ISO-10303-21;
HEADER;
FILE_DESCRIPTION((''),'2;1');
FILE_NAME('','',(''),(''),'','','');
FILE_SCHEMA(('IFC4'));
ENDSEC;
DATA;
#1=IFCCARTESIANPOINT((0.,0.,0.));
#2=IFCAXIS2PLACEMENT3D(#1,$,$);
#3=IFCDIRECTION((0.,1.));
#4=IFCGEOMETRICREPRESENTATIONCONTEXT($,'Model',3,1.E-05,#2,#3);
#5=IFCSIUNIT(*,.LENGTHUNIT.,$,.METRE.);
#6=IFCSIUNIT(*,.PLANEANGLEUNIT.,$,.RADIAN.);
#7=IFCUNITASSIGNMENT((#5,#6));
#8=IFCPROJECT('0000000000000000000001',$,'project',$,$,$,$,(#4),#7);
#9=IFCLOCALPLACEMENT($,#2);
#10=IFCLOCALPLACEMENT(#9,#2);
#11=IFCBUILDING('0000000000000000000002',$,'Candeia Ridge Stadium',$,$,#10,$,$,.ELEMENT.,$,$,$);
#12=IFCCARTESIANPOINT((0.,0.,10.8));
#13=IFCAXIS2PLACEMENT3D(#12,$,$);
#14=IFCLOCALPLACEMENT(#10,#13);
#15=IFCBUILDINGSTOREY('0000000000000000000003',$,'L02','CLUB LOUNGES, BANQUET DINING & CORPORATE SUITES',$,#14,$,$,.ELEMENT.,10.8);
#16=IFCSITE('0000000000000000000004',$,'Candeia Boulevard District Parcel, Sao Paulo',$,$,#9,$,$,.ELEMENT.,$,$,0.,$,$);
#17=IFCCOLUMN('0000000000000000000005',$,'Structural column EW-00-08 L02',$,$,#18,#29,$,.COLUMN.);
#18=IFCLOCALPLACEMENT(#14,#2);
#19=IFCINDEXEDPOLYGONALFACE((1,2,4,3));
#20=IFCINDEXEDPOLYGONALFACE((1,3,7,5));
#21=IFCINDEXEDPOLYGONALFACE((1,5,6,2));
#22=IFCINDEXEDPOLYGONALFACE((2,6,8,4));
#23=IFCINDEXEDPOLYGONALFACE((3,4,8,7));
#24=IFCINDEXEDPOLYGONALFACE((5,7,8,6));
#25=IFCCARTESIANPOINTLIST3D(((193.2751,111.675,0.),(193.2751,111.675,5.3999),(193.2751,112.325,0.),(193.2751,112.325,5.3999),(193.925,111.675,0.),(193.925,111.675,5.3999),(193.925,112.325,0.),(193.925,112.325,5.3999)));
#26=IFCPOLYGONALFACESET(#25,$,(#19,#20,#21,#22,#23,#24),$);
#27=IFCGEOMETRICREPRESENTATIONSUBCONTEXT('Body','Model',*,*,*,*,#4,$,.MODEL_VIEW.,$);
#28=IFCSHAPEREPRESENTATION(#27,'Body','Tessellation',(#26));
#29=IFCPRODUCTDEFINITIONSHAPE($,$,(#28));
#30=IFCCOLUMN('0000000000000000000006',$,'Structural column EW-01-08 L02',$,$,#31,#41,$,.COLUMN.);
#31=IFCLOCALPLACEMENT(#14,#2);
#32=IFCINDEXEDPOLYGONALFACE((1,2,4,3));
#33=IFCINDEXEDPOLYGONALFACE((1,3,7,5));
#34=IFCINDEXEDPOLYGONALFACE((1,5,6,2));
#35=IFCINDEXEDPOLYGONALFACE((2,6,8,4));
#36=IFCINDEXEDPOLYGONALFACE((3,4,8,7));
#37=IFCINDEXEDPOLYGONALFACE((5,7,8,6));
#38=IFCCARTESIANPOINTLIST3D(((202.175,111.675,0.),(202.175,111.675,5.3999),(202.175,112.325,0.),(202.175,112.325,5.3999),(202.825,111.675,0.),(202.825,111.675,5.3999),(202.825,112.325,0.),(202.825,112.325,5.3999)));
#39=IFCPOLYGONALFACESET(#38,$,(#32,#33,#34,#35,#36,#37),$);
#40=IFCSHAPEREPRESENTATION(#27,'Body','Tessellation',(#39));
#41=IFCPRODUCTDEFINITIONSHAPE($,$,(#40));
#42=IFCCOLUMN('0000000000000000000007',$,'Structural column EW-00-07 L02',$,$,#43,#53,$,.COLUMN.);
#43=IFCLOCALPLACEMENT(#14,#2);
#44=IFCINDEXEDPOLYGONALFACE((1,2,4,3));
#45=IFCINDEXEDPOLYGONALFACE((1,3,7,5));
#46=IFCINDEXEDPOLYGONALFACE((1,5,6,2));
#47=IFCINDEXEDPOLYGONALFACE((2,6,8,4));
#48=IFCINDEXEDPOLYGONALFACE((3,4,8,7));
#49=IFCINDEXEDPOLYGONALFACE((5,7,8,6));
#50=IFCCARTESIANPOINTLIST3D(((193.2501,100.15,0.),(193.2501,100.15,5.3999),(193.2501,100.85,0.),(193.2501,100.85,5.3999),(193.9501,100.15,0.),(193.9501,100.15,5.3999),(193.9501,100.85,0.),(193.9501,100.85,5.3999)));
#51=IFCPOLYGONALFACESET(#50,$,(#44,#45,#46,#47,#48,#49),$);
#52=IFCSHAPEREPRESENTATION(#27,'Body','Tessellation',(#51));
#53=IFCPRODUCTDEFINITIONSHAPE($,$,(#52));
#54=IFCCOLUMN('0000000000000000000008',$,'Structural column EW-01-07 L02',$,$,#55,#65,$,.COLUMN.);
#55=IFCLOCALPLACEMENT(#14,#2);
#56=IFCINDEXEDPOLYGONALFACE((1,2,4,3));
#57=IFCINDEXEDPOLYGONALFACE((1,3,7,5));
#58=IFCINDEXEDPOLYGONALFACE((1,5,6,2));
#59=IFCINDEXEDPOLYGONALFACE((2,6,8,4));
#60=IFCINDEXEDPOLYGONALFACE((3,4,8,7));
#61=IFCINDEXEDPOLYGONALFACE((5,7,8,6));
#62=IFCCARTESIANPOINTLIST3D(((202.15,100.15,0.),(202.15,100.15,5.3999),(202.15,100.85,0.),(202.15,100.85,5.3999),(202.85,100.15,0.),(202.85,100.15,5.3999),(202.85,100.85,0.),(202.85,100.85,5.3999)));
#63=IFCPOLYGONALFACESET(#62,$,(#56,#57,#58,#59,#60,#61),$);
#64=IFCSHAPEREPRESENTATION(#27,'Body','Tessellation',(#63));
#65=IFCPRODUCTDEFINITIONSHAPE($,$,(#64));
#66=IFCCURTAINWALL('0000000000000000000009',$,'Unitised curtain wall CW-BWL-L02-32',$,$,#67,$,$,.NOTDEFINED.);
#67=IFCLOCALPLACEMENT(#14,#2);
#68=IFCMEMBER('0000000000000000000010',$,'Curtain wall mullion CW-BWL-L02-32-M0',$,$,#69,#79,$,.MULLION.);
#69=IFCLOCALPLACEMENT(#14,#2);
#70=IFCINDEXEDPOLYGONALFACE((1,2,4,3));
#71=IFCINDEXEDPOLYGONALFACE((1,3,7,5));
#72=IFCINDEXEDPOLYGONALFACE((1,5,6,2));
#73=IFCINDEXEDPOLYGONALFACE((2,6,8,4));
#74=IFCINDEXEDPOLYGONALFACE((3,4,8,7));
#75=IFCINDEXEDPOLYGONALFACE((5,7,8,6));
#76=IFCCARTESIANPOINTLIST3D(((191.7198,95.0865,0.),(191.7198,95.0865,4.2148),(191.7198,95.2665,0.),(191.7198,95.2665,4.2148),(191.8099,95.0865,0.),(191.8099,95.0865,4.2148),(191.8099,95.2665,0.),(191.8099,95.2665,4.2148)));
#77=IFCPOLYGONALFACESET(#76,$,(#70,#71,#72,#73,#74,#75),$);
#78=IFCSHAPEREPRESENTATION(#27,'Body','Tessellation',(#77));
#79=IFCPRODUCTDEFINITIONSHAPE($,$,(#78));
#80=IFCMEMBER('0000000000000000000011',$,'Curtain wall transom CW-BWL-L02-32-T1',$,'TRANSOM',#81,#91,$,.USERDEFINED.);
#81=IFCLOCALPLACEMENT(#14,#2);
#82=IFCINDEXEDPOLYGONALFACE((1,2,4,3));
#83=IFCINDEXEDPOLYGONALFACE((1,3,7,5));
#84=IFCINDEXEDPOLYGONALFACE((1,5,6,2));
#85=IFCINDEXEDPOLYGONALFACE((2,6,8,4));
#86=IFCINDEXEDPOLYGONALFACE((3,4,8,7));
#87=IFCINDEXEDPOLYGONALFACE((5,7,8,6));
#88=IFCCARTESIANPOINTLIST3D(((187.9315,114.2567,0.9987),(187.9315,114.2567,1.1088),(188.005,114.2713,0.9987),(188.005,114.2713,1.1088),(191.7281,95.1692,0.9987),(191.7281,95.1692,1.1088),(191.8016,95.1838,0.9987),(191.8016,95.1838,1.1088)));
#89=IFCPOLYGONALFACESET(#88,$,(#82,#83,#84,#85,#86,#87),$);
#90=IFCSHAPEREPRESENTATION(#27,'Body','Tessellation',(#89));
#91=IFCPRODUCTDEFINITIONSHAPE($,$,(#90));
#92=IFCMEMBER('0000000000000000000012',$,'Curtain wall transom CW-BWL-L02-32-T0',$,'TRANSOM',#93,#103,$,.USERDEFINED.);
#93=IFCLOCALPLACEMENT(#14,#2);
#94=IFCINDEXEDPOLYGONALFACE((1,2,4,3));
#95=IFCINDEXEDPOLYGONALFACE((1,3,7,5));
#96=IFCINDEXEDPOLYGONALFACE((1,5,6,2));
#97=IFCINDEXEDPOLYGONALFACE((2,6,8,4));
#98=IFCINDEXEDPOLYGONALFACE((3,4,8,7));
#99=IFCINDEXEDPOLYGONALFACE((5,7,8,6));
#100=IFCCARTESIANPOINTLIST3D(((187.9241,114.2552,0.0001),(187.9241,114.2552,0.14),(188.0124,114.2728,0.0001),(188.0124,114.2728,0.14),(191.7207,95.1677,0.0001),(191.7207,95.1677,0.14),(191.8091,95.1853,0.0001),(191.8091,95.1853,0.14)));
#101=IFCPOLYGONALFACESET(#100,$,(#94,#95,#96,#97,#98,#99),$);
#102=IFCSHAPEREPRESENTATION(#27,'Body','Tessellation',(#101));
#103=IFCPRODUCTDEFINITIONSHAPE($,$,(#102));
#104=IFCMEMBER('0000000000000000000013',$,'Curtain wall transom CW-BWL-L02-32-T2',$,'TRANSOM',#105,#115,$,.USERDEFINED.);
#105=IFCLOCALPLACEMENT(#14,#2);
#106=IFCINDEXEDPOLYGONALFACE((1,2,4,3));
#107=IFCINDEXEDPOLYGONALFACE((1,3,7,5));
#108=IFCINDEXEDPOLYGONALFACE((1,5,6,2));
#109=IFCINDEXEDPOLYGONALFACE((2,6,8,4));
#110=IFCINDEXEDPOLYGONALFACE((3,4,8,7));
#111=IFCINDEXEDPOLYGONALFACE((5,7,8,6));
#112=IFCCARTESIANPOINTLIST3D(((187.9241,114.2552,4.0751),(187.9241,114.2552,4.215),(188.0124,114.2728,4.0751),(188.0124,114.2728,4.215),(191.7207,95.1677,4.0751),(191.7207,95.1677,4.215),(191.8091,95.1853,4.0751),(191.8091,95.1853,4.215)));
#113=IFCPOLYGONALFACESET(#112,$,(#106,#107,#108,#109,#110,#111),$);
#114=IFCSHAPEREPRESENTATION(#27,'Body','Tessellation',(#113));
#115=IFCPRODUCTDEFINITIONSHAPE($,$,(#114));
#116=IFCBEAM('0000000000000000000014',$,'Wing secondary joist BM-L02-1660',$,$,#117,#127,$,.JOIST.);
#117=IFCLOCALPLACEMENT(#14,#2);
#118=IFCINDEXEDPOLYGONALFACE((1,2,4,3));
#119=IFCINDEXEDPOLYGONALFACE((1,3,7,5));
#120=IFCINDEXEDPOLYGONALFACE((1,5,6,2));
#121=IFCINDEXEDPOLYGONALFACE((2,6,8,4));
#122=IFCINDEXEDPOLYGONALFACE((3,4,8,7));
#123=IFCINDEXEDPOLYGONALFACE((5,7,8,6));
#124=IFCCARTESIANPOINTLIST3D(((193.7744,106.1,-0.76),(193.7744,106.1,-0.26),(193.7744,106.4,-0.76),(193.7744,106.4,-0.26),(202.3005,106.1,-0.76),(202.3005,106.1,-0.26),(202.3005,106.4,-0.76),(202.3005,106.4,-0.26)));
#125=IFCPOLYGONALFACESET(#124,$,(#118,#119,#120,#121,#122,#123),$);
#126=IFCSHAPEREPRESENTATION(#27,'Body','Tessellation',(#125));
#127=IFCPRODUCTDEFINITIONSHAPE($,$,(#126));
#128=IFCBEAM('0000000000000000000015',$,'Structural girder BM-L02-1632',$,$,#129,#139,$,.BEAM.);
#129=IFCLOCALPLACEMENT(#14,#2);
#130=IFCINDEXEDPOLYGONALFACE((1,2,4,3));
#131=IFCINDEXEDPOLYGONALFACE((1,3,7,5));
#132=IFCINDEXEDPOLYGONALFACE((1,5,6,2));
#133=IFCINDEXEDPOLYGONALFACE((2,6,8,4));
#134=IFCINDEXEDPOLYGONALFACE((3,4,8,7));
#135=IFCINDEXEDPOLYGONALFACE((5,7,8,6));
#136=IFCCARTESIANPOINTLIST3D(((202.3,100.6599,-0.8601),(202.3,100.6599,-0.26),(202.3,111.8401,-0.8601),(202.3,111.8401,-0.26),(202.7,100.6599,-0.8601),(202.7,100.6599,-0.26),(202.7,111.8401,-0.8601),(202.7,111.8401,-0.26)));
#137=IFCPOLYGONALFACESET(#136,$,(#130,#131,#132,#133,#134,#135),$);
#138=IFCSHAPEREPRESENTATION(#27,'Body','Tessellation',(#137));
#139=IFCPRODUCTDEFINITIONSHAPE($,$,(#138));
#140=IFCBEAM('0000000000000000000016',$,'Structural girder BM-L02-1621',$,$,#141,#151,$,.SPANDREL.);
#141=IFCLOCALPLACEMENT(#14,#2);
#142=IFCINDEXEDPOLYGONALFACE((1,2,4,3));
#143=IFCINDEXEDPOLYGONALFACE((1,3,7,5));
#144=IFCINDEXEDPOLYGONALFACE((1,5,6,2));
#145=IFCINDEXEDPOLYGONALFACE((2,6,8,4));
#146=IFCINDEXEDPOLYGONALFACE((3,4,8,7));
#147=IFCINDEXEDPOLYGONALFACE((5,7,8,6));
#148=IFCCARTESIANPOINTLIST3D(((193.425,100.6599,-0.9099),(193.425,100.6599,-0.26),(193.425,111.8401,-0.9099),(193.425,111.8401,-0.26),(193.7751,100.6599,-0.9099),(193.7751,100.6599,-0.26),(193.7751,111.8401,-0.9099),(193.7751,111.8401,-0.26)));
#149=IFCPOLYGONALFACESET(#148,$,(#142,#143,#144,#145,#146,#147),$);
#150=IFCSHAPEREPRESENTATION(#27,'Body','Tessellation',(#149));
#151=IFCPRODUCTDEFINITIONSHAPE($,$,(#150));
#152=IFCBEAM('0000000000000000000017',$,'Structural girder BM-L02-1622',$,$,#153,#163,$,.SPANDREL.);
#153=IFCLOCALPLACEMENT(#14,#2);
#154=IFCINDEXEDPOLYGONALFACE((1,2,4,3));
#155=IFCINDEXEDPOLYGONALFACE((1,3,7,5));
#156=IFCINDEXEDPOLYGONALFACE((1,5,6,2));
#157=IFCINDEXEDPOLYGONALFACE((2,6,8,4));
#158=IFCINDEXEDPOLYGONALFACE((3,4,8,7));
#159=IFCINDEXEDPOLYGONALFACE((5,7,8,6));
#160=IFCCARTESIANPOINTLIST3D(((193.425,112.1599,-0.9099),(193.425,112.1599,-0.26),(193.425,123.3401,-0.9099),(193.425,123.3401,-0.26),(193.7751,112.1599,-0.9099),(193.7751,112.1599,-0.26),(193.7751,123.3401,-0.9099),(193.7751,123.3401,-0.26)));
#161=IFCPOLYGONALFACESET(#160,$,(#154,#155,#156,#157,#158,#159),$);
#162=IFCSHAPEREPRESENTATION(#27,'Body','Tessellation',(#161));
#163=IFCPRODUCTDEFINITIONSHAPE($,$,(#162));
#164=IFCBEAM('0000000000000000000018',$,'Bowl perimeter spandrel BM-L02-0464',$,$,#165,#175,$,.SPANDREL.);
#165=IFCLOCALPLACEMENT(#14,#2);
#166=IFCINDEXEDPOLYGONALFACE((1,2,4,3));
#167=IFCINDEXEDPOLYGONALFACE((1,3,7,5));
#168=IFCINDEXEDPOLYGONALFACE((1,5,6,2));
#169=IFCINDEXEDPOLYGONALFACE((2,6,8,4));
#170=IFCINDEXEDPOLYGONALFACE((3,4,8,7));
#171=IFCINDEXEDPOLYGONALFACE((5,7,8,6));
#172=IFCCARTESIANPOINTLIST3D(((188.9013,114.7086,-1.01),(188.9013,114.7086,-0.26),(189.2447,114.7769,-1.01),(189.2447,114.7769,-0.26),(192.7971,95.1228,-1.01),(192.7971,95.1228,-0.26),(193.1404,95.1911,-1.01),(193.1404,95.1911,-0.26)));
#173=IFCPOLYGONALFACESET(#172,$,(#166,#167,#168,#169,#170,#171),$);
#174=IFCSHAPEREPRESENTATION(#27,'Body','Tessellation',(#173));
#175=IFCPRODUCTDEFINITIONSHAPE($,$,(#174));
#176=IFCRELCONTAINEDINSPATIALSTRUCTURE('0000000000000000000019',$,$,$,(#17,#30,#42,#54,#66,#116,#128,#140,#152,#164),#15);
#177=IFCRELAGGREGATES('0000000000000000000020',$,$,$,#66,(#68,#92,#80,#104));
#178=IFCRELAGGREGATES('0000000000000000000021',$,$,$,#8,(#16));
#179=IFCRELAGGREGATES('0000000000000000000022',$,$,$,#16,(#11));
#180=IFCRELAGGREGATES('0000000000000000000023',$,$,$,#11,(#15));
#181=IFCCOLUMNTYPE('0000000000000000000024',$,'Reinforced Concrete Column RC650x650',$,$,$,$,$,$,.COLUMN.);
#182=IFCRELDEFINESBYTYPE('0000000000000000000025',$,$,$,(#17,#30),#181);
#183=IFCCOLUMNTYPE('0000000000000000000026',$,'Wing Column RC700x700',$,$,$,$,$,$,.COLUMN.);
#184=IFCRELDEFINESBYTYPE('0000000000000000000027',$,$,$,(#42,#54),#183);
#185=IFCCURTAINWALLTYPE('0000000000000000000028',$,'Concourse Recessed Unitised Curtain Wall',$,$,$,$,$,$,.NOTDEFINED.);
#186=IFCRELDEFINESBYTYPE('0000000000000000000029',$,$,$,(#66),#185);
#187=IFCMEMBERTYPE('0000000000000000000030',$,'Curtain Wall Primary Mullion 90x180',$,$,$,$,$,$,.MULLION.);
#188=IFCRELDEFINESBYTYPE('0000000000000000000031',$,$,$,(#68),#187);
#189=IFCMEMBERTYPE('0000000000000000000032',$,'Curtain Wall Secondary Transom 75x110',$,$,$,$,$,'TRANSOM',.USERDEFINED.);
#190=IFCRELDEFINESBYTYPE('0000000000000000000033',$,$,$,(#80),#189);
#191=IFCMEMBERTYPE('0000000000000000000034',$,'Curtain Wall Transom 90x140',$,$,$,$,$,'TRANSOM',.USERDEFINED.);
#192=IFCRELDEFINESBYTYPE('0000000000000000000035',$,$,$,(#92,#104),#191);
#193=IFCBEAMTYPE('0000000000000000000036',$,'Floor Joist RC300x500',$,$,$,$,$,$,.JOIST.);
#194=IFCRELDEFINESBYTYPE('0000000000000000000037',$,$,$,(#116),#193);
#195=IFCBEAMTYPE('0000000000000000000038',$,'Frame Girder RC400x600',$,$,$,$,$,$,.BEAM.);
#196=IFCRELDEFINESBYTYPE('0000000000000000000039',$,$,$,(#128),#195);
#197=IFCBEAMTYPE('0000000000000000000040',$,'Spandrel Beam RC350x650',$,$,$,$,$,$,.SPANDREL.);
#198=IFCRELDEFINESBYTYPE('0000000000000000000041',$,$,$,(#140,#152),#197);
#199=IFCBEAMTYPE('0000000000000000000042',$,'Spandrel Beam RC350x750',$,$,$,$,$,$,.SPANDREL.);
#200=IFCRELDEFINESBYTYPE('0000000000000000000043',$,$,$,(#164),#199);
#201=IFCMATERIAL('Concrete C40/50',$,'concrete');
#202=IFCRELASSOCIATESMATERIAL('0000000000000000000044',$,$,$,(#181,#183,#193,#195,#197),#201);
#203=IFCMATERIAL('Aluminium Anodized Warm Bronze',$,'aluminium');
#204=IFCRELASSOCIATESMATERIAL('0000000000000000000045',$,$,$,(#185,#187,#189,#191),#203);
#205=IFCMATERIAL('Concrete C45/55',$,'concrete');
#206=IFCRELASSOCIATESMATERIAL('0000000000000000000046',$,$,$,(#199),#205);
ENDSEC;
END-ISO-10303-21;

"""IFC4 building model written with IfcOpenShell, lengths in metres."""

from ifc_helpers import new_model, si_unit, direction, frame, origin, origin_2d, place, context, subcontext, project, spatial, rectangle, extrude, material, material_profile, profile_set, type_object, element, aggregate, save


model = new_model("IFC4")

# Units and contexts
model_context = context("Model", 3, precision=1e-05, world=origin(), true_north=direction((0.0, 1.0)))
body_context = subcontext(model_context, "Body", "Model", "MODEL_VIEW")
ifc_project = project(units=[si_unit("LENGTHUNIT", "METRE"), si_unit("PLANEANGLEUNIT", "RADIAN")], contexts=[model_context])

# Site, building, storey
site_placement = place(None, origin())
site = spatial("IfcSite", under=ifc_project, at=site_placement, Name="Candeia Boulevard District Parcel, Sao Paulo", CompositionType="ELEMENT", RefElevation=0.0)
building_placement = place(site_placement, origin())
building = spatial("IfcBuilding", under=site, at=building_placement, Name="Candeia Ridge Stadium", CompositionType="ELEMENT")
storey_placement = place(building_placement, frame((0.0, 0.0, 10.8)))
storey = spatial("IfcBuildingStorey", under=building, at=storey_placement, Name="L02", Description="CLUB LOUNGES, BANQUET DINING & CORPORATE SUITES", CompositionType="ELEMENT", Elevation=10.8)

# Columns
ifc_material_1 = material(Name="Concrete C40/50", Category="concrete")
ifc_material_profile_1 = material_profile(ifc_material_1, rectangle(XDim=0.6499, YDim=0.6499, at=origin_2d()), Name="RC650x650", Category="concrete")
ifc_profile_set_1 = profile_set([ifc_material_profile_1], Name="Concrete C40/50")
column_type_1 = type_object("IfcColumnType", Name="Reinforced Concrete Column RC650x650", PredefinedType="COLUMN", material=ifc_profile_set_1)
for number, where, z_axis, x_axis, name in (
    (1, (193.6001, 112.0, 0.0), (0.0, 0.0, 1.0), (1.0, 0.0, 0.0), "Structural column EW-00-08 L02"),
    (2, (202.5, 112.0, 0.0), (0.0, 0.0, 1.0), (1.0, 0.0, 0.0), "Structural column EW-01-08 L02"),
):
    element("IfcColumn", number, at=place(storey_placement, frame(where, z_axis=z_axis, x_axis=x_axis)), inside=storey, type_object=column_type_1, Name=name, PredefinedType="COLUMN", context=body_context, shape_type="SweptSolid", body=[
        extrude(rectangle(XDim=0.6499, YDim=0.6499, at=origin_2d()), origin(), (0.0, 0.0, 1.0), 5.3999),
    ])
ifc_material_profile_2 = material_profile(ifc_material_1, rectangle(XDim=0.7, YDim=0.7, at=origin_2d()), Name="RC700x700", Category="concrete")
ifc_profile_set_2 = profile_set([ifc_material_profile_2], Name="Concrete C40/50")
column_type_2 = type_object("IfcColumnType", Name="Wing Column RC700x700", PredefinedType="COLUMN", material=ifc_profile_set_2)
for number, where, z_axis, x_axis, name in (
    (3, (193.6001, 100.5, 0.0), (0.0, 0.0, 1.0), (1.0, 0.0, 0.0), "Structural column EW-00-07 L02"),
    (4, (202.5, 100.5, 0.0), (0.0, 0.0, 1.0), (1.0, 0.0, 0.0), "Structural column EW-01-07 L02"),
):
    element("IfcColumn", number, at=place(storey_placement, frame(where, z_axis=z_axis, x_axis=x_axis)), inside=storey, type_object=column_type_2, Name=name, PredefinedType="COLUMN", context=body_context, shape_type="SweptSolid", body=[
        extrude(rectangle(XDim=0.7, YDim=0.7, at=origin_2d()), origin(), (0.0, 0.0, 1.0), 5.3999),
    ])

# Curtain wall, members
ifc_material_2 = material(Name="Aluminium Anodized Warm Bronze", Category="aluminium")
curtain_wall_type = type_object("IfcCurtainWallType", Name="Concourse Recessed Unitised Curtain Wall", PredefinedType="NOTDEFINED", material=ifc_material_2)
curtain_wall_placement = place(storey_placement, origin())
curtain_wall = element("IfcCurtainWall", 5, at=curtain_wall_placement, inside=storey, type_object=curtain_wall_type, Name="Unitised curtain wall CW-BWL-L02-32", PredefinedType="NOTDEFINED")
ifc_material_profile_3 = material_profile(ifc_material_2, rectangle(XDim=0.0901, YDim=0.1799, at=origin_2d()), Name="CWM-90x180", Category="aluminium")
ifc_profile_set_3 = profile_set([ifc_material_profile_3], Name="Aluminium Anodized Warm Bronze")
member_type_1 = type_object("IfcMemberType", Name="Curtain Wall Primary Mullion 90x180", PredefinedType="MULLION", material=ifc_profile_set_3)
member_1_placement = place(storey_placement, frame((191.7649, 95.1765, 0.0), z_axis=(0.0, 0.0, 1.0), x_axis=(1.0, 0.0, 0.0)))
member_1 = element("IfcMember", 6, at=member_1_placement, type_object=member_type_1, Name="Curtain wall mullion CW-BWL-L02-32-M0", PredefinedType="MULLION", context=body_context, shape_type="SweptSolid", body=[
    extrude(rectangle(XDim=0.0901, YDim=0.1799, at=origin_2d()), origin(), (0.0, 0.0, 1.0), 4.2148),
])
ifc_material_profile_4 = material_profile(ifc_material_2, rectangle(XDim=0.075, YDim=0.1101, at=origin_2d()), Name="CWT-75x110", Category="aluminium")
ifc_profile_set_4 = profile_set([ifc_material_profile_4], Name="Aluminium Anodized Warm Bronze")
member_type_2 = type_object("IfcMemberType", Name="Curtain Wall Secondary Transom 75x110", ElementType="TRANSOM", PredefinedType="USERDEFINED", material=ifc_profile_set_4)
member_2_placement = place(storey_placement, frame((191.7649, 95.1765, 1.0537), z_axis=(-0.195086, 0.980786, 0.0), x_axis=(-0.980786, -0.195086, 0.0)))
member_2 = element("IfcMember", 7, at=member_2_placement, type_object=member_type_2, Name="Curtain wall transom CW-BWL-L02-32-T1", ObjectType="TRANSOM", PredefinedType="USERDEFINED", context=body_context, shape_type="SweptSolid", body=[
    extrude(rectangle(XDim=0.075, YDim=0.1101, at=origin_2d()), origin(), (0.0, 0.0, 1.0), 19.4614),
])
ifc_material_profile_5 = material_profile(ifc_material_2, rectangle(XDim=0.0901, YDim=0.1399, at=origin_2d()), Name="CWT-90x140", Category="aluminium")
ifc_profile_set_5 = profile_set([ifc_material_profile_5], Name="Aluminium Anodized Warm Bronze")
member_type_3 = type_object("IfcMemberType", Name="Curtain Wall Transom 90x140", ElementType="TRANSOM", PredefinedType="USERDEFINED", material=ifc_profile_set_5)
member_3_placement = place(storey_placement, frame((191.7649, 95.1765, 0.0701), z_axis=(-0.195086, 0.980786, 0.0), x_axis=(-0.980786, -0.195086, 0.0)))
member_3 = element("IfcMember", 8, at=member_3_placement, type_object=member_type_3, Name="Curtain wall transom CW-BWL-L02-32-T0", ObjectType="TRANSOM", PredefinedType="USERDEFINED", context=body_context, shape_type="SweptSolid", body=[
    extrude(rectangle(XDim=0.0901, YDim=0.1399, at=origin_2d()), origin(), (0.0, 0.0, 1.0), 19.4614),
])
member_4_placement = place(storey_placement, frame((191.7649, 95.1765, 4.145), z_axis=(-0.195086, 0.980786, 0.0), x_axis=(-0.980786, -0.195086, 0.0)))
member_4 = element("IfcMember", 9, at=member_4_placement, type_object=member_type_3, Name="Curtain wall transom CW-BWL-L02-32-T2", ObjectType="TRANSOM", PredefinedType="USERDEFINED", context=body_context, shape_type="SweptSolid", body=[
    extrude(rectangle(XDim=0.0901, YDim=0.1399, at=origin_2d()), origin(), (0.0, 0.0, 1.0), 19.4614),
])
aggregate(curtain_wall, [member_1, member_3, member_2, member_4])

# Beams
ifc_material_profile_6 = material_profile(ifc_material_1, rectangle(XDim=0.3, YDim=0.5, at=origin_2d()), Name="RC300x500", Category="concrete")
ifc_profile_set_6 = profile_set([ifc_material_profile_6], Name="Concrete C40/50")
beam_type_1 = type_object("IfcBeamType", Name="Floor Joist RC300x500", PredefinedType="JOIST", material=ifc_profile_set_6)
beam_1_placement = place(storey_placement, frame((193.7744, 106.25, -0.51), z_axis=(1.0, 0.0, 0.0), x_axis=(0.0, 1.0, 0.0)))
element("IfcBeam", 10, at=beam_1_placement, inside=storey, type_object=beam_type_1, Name="Wing secondary joist BM-L02-1660", PredefinedType="JOIST", context=body_context, shape_type="SweptSolid", body=[
    extrude(rectangle(XDim=0.3, YDim=0.5, at=origin_2d()), origin(), (0.0, 0.0, 1.0), 8.5261),
])
ifc_material_profile_7 = material_profile(ifc_material_1, rectangle(XDim=0.3999, YDim=0.6001, at=origin_2d()), Name="RC400x600", Category="concrete")
ifc_profile_set_7 = profile_set([ifc_material_profile_7], Name="Concrete C40/50")
beam_type_2 = type_object("IfcBeamType", Name="Frame Girder RC400x600", PredefinedType="BEAM", material=ifc_profile_set_7)
beam_2_placement = place(storey_placement, frame((202.5, 100.6599, -0.5601), z_axis=(0.0, 1.0, 0.0), x_axis=(-1.0, 0.0, 0.0)))
element("IfcBeam", 11, at=beam_2_placement, inside=storey, type_object=beam_type_2, Name="Structural girder BM-L02-1632", PredefinedType="BEAM", context=body_context, shape_type="SweptSolid", body=[
    extrude(rectangle(XDim=0.3999, YDim=0.6001, at=origin_2d()), origin(), (0.0, 0.0, 1.0), 11.1802),
])
ifc_material_profile_8 = material_profile(ifc_material_1, rectangle(XDim=0.3501, YDim=0.6499, at=origin_2d()), Name="RC350x650", Category="concrete")
ifc_profile_set_8 = profile_set([ifc_material_profile_8], Name="Concrete C40/50")
beam_type_3 = type_object("IfcBeamType", Name="Spandrel Beam RC350x650", PredefinedType="SPANDREL", material=ifc_profile_set_8)
for number, where, z_axis, x_axis, name in (
    (12, (193.6001, 100.6599, -0.585), (0.0, 1.0, 0.0), (-1.0, 0.0, 0.0), "Structural girder BM-L02-1621"),
    (13, (193.6001, 112.1599, -0.585), (0.0, 1.0, 0.0), (-1.0, 0.0, 0.0), "Structural girder BM-L02-1622"),
):
    element("IfcBeam", number, at=place(storey_placement, frame(where, z_axis=z_axis, x_axis=x_axis)), inside=storey, type_object=beam_type_3, Name=name, PredefinedType="SPANDREL", context=body_context, shape_type="SweptSolid", body=[
        extrude(rectangle(XDim=0.3501, YDim=0.6499, at=origin_2d()), origin(), (0.0, 0.0, 1.0), 11.1802),
    ])
ifc_material_3 = material(Name="Concrete C45/55", Category="concrete")
ifc_material_profile_9 = material_profile(ifc_material_3, rectangle(XDim=0.3501, YDim=0.75, at=origin_2d()), Name="RC350x750", Category="concrete")
ifc_profile_set_9 = profile_set([ifc_material_profile_9], Name="Concrete C45/55")
beam_type_4 = type_object("IfcBeamType", Name="Spandrel Beam RC350x750", PredefinedType="SPANDREL", material=ifc_profile_set_9)
beam_3_placement = place(storey_placement, frame((192.9688, 95.157, -0.635), z_axis=(-0.195086, 0.980786, 0.0), x_axis=(-0.980786, -0.195086, 0.0)))
element("IfcBeam", 14, at=beam_3_placement, inside=storey, type_object=beam_type_4, Name="Bowl perimeter spandrel BM-L02-0464", PredefinedType="SPANDREL", context=body_context, shape_type="SweptSolid", body=[
    extrude(rectangle(XDim=0.3501, YDim=0.75, at=origin_2d()), origin(), (0.0, 0.0, 1.0), 19.9695),
])

save(model, "model.ifc")
